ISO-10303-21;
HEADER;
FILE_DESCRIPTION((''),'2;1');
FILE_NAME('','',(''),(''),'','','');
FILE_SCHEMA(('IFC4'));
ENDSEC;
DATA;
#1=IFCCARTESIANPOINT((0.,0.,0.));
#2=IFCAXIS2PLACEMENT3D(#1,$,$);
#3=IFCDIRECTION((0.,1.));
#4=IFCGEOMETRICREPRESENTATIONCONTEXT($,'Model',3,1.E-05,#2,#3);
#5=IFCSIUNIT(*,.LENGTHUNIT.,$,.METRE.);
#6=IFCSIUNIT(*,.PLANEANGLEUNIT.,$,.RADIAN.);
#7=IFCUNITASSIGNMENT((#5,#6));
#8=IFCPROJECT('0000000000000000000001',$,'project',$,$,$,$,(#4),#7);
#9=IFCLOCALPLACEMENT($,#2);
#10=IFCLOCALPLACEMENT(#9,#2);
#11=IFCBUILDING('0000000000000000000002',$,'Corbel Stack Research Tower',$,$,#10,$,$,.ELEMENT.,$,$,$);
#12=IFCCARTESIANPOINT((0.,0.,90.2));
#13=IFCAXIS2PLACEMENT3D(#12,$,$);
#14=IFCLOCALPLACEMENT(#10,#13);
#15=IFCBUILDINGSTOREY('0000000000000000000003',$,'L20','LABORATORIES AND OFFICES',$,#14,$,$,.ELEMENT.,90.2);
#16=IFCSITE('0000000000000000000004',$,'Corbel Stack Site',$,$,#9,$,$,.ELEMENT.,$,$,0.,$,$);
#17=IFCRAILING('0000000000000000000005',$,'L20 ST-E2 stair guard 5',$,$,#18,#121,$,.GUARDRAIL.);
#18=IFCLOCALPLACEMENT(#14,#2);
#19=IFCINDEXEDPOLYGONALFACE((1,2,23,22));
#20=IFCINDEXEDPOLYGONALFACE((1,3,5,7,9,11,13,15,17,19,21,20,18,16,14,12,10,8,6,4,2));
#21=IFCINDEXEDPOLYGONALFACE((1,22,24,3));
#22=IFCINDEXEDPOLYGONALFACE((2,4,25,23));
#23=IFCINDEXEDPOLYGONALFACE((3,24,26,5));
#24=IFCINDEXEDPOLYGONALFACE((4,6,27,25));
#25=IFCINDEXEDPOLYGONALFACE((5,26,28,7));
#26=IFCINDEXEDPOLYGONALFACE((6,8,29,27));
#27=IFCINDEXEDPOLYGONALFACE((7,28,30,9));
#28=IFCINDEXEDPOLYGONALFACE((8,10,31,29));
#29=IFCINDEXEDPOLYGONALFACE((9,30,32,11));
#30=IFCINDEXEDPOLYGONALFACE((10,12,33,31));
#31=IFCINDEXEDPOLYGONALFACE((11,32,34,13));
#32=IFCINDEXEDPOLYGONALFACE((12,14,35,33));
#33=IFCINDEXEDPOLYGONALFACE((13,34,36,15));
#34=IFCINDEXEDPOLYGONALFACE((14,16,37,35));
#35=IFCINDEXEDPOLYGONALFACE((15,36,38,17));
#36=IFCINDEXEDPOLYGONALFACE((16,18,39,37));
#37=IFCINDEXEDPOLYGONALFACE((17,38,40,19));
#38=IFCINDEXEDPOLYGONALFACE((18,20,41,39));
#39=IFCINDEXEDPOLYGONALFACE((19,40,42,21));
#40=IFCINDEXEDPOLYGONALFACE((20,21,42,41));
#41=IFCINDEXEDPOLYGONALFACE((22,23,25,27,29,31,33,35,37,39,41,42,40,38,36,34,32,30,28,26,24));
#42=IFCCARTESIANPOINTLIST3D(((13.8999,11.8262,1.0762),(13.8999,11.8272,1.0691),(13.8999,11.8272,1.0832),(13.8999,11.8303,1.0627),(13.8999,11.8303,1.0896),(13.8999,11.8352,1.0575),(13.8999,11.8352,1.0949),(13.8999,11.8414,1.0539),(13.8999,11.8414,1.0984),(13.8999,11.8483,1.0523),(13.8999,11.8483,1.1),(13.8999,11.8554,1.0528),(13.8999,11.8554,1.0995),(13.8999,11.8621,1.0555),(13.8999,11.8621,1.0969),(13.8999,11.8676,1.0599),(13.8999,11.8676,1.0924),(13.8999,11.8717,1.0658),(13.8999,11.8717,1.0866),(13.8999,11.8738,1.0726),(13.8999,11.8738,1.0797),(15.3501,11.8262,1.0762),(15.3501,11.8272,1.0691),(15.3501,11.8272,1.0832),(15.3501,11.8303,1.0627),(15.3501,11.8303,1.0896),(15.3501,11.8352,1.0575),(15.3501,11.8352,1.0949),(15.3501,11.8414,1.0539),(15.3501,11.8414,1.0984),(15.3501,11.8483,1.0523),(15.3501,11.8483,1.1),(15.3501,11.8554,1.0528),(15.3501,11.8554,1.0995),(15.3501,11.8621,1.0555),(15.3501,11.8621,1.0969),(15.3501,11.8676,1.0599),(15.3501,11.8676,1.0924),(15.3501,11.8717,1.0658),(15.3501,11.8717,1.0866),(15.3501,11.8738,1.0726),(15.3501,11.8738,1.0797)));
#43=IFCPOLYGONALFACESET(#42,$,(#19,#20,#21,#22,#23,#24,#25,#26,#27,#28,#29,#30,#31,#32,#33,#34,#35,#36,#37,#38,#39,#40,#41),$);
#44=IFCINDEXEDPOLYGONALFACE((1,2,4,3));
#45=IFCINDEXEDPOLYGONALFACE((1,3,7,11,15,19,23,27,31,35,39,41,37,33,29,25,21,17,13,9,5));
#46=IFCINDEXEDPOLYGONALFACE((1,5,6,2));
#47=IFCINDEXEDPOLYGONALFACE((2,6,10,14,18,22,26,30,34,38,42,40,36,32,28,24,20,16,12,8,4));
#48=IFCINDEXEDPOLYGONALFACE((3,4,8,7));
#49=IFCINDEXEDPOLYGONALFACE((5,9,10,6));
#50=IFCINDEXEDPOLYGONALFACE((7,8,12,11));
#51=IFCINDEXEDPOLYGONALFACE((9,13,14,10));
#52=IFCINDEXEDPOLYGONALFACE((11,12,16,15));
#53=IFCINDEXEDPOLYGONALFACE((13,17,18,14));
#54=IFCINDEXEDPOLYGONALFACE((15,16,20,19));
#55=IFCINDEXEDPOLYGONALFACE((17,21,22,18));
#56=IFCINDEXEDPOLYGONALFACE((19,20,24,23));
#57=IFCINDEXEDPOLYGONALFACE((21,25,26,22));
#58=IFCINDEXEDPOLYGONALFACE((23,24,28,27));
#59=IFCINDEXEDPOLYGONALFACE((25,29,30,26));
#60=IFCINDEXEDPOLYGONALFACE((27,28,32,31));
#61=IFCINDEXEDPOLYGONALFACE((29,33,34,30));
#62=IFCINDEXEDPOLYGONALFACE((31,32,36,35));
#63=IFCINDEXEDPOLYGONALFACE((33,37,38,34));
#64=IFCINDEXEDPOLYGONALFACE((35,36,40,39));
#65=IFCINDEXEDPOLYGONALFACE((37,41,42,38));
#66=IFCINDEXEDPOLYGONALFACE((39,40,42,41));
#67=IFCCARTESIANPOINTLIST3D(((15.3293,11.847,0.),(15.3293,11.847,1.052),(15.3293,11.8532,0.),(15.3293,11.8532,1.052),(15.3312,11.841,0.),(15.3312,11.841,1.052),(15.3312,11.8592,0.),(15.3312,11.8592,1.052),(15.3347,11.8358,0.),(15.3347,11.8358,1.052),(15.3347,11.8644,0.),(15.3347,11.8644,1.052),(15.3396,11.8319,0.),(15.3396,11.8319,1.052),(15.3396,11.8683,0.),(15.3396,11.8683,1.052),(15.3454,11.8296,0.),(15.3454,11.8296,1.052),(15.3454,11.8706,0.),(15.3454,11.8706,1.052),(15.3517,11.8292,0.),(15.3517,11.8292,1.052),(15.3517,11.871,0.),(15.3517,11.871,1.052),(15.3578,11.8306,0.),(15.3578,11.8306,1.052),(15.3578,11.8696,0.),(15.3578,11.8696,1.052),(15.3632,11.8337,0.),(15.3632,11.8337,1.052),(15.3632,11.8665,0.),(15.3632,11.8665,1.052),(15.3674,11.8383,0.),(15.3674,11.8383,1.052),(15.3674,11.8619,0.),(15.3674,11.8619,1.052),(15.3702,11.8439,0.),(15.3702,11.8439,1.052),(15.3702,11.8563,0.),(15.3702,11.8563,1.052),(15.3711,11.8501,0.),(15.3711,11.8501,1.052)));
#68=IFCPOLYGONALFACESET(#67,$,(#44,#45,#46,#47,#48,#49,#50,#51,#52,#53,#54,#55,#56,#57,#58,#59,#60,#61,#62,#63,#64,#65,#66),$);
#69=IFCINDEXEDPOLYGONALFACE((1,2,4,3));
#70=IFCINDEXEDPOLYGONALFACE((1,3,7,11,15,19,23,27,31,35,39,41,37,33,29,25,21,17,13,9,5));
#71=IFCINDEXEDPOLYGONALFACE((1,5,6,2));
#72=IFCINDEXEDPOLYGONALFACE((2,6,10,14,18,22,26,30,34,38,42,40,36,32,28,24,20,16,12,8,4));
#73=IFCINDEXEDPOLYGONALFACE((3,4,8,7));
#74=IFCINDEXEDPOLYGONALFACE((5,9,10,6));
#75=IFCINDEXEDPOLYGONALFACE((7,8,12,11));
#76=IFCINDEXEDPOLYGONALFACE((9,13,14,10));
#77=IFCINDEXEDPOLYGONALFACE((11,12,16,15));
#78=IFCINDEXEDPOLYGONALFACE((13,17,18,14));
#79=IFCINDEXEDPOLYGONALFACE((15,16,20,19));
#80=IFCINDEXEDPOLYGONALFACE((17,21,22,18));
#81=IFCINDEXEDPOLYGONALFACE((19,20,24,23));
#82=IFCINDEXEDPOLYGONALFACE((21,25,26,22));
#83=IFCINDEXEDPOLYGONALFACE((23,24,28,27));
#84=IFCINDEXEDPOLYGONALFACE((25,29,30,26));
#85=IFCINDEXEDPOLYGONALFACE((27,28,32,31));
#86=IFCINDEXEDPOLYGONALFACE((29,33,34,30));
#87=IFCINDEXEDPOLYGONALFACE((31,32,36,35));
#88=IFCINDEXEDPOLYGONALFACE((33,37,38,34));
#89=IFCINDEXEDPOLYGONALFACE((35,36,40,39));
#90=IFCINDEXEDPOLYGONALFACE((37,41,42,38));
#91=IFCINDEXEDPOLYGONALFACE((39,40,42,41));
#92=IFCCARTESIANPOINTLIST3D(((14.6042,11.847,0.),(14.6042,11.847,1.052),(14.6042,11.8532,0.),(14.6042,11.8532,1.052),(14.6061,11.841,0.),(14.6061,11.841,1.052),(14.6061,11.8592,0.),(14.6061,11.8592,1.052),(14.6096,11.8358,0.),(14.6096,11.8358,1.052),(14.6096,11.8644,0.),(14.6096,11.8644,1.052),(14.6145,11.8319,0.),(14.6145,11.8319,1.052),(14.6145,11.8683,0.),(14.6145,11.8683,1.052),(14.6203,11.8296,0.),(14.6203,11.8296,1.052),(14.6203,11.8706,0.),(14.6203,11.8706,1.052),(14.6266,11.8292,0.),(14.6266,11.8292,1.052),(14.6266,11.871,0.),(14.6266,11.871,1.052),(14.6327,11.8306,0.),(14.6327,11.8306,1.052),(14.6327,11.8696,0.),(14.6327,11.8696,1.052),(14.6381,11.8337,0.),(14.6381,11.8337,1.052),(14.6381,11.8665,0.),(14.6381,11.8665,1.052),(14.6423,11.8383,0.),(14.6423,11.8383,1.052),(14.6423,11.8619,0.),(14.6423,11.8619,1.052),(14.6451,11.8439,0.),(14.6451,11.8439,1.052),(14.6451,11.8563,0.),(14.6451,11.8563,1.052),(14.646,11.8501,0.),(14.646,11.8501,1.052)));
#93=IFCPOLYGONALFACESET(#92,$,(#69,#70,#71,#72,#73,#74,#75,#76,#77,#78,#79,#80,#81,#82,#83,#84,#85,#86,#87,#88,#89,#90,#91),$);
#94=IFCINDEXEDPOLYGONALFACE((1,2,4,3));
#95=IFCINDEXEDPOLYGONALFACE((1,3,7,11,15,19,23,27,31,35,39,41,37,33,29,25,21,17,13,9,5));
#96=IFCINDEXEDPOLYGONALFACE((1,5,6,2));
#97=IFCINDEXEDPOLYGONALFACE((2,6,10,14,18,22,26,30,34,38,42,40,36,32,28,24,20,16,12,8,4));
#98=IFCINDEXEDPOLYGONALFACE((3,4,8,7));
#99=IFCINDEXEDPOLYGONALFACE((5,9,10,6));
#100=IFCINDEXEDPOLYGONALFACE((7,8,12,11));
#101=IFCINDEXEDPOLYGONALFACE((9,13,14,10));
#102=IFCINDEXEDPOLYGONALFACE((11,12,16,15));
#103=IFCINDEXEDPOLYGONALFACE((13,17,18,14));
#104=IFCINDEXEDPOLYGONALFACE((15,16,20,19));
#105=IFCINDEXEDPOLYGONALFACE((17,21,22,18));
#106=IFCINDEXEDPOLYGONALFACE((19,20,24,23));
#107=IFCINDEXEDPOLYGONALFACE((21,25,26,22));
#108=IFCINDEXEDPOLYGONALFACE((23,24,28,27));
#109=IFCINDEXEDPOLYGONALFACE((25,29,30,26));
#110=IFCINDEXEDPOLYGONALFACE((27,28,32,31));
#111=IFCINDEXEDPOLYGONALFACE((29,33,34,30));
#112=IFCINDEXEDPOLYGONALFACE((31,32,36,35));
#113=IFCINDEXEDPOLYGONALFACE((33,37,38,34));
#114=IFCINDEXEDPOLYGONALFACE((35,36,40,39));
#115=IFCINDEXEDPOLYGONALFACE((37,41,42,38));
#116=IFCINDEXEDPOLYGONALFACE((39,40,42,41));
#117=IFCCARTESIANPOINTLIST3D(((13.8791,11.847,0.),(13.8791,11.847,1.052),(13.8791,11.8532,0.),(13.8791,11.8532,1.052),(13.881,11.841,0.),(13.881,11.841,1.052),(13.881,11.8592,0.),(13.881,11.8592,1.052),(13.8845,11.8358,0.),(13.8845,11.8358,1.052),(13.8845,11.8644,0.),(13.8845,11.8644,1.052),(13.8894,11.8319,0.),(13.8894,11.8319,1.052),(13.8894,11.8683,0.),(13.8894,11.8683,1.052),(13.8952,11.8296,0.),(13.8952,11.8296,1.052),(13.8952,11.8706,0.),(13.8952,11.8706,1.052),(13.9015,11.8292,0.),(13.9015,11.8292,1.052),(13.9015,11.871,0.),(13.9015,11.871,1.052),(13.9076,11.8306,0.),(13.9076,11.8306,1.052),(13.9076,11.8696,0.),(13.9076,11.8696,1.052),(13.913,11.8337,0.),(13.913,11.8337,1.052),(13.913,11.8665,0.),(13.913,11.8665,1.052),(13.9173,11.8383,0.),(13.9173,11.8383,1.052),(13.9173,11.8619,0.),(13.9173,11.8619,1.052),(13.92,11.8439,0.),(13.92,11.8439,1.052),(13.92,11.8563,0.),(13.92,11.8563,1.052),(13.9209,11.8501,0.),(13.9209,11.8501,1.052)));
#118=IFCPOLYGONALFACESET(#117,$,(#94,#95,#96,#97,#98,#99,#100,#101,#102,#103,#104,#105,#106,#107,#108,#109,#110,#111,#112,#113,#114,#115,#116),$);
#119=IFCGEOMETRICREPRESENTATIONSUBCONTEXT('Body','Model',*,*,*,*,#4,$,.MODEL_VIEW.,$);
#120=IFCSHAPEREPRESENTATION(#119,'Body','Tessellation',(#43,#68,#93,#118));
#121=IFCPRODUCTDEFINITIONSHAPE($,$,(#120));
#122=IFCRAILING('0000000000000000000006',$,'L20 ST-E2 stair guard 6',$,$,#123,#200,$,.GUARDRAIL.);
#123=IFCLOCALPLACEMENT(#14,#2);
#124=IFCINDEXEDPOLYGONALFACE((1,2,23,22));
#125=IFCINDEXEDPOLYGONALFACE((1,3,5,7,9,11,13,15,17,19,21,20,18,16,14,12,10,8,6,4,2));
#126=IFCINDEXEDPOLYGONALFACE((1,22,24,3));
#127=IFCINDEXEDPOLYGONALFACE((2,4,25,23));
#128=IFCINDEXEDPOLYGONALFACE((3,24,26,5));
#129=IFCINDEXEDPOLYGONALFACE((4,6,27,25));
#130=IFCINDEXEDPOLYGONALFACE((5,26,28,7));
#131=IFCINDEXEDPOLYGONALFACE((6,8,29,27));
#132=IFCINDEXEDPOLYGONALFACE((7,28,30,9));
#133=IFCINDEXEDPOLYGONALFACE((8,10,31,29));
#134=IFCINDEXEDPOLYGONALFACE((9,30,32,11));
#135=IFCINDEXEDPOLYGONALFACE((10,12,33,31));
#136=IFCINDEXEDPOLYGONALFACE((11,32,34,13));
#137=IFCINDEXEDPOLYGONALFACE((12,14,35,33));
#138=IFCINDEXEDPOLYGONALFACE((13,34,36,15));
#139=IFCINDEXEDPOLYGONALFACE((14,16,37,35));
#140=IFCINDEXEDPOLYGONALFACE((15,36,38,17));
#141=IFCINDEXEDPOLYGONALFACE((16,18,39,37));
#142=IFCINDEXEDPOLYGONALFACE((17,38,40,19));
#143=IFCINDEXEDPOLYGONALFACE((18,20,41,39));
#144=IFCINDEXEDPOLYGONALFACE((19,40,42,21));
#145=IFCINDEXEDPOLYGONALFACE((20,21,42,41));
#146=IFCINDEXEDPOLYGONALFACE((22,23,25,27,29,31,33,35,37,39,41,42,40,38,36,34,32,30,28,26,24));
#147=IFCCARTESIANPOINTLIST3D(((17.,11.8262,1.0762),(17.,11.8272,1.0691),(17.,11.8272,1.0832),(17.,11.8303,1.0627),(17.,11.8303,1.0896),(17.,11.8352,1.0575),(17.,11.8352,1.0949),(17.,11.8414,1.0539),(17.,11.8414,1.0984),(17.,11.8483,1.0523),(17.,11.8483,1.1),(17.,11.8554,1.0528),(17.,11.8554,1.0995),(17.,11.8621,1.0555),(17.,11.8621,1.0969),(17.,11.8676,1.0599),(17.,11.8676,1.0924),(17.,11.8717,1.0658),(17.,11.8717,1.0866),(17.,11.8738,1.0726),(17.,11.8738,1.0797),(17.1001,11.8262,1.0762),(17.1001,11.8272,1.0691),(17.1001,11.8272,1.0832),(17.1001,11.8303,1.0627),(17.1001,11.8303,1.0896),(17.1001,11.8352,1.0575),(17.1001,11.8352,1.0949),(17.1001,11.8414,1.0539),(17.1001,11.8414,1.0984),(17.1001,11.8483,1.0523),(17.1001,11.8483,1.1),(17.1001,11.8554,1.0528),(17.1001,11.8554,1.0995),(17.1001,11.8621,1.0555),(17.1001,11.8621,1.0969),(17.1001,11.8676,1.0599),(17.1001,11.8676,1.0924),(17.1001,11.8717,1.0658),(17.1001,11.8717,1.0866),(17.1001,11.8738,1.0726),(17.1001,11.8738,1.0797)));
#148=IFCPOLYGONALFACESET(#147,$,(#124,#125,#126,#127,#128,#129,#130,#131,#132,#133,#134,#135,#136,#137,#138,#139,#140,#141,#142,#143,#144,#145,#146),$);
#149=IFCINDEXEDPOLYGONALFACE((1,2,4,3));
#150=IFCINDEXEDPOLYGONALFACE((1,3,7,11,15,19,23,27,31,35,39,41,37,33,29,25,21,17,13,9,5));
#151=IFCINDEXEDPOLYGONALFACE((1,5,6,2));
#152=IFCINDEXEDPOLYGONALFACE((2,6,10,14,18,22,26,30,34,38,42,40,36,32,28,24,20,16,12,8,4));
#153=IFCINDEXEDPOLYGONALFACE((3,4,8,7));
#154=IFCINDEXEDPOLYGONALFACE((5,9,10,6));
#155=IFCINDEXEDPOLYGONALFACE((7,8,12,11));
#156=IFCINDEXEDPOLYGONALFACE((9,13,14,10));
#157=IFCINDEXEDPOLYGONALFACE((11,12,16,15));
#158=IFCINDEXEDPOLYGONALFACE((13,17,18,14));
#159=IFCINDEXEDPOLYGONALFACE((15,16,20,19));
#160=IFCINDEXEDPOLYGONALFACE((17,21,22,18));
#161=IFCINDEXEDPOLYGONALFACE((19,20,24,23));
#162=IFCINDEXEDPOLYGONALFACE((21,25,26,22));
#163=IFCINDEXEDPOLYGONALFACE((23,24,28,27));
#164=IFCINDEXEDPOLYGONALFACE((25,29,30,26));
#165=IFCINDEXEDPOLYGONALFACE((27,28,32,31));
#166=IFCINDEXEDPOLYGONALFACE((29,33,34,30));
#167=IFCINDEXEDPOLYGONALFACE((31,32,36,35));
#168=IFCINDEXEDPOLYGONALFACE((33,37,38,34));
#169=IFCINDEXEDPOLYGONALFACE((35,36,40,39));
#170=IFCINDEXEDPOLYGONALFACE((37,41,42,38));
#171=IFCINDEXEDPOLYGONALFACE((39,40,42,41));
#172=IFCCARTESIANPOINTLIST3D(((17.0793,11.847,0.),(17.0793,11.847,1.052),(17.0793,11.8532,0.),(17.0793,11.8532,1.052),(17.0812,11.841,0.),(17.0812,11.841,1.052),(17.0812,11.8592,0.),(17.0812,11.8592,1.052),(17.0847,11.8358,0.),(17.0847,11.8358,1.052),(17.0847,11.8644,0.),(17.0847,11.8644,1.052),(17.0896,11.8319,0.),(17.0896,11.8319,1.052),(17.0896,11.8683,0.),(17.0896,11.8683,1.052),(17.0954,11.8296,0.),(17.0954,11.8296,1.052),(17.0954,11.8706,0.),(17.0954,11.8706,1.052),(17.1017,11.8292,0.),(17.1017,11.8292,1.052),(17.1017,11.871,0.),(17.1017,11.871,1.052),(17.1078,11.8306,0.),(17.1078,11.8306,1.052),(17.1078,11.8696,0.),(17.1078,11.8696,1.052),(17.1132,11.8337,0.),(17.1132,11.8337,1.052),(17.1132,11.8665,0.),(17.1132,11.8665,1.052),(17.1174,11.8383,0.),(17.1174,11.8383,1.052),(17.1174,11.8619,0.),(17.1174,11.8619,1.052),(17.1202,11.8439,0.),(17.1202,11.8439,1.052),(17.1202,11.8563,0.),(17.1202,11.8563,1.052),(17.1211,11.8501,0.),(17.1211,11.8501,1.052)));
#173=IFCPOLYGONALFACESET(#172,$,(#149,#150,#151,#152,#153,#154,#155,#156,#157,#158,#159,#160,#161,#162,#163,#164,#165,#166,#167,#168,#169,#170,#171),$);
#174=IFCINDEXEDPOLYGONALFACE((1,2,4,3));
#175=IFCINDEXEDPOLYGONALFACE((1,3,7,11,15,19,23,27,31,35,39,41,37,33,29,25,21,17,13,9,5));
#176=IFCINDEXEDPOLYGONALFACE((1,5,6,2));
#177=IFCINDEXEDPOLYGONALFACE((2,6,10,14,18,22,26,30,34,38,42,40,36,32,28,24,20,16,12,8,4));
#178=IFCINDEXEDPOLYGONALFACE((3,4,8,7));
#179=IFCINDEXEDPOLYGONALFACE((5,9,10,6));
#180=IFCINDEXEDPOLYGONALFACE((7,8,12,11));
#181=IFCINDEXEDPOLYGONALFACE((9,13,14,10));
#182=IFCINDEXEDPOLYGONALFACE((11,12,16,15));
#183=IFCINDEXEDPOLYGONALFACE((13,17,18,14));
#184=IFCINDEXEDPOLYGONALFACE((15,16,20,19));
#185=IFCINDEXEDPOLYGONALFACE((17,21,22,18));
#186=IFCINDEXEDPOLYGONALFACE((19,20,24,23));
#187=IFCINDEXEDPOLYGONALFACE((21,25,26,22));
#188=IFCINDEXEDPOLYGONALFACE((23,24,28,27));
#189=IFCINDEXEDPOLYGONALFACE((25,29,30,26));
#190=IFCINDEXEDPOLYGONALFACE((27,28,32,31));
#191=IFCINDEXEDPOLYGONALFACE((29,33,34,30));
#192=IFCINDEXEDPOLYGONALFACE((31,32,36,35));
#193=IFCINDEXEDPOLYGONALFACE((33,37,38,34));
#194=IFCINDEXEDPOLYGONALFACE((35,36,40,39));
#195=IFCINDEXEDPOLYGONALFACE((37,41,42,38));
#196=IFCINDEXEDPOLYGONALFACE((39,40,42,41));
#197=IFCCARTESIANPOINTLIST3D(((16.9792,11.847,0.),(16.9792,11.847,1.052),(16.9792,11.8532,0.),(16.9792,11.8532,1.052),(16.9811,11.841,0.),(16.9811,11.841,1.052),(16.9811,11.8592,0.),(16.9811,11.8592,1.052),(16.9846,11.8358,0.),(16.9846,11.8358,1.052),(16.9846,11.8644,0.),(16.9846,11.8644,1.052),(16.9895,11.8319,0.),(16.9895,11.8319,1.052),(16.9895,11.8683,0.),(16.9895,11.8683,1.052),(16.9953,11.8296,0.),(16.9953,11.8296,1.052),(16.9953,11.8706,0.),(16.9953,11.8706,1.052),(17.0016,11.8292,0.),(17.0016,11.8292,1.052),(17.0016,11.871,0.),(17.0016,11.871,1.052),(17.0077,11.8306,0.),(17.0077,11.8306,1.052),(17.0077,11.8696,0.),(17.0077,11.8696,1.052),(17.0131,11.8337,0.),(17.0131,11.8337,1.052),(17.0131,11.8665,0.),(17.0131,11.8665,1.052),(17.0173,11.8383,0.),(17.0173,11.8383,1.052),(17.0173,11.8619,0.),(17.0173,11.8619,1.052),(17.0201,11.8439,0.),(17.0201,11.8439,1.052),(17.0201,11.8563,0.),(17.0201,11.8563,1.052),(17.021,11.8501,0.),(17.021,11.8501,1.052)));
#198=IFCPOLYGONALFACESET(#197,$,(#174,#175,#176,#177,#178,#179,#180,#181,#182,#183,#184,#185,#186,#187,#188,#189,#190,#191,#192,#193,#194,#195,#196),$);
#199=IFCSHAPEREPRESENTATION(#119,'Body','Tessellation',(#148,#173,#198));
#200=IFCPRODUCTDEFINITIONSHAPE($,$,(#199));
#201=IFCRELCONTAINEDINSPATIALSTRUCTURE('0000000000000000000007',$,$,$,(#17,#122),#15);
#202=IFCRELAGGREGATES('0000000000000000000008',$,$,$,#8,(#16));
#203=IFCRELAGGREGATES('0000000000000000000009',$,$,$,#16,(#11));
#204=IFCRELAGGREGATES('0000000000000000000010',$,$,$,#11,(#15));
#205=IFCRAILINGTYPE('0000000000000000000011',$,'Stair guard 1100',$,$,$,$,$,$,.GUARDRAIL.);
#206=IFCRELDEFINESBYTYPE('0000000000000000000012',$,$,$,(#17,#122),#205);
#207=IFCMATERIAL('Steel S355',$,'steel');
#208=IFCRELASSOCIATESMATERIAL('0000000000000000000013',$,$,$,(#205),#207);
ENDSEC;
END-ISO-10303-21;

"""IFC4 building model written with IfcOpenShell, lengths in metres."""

from ifc_helpers import new_model, si_unit, direction, frame, origin, origin_2d, place, context, subcontext, project, spatial, circle, extrude, material, type_object, element, save


model = new_model("IFC4")

# Units and contexts
model_context = context("Model", 3, precision=1e-05, world=origin(), true_north=direction((0.0, 1.0)))
body_context = subcontext(model_context, "Body", "Model", "MODEL_VIEW")
ifc_project = project(units=[si_unit("LENGTHUNIT", "METRE"), si_unit("PLANEANGLEUNIT", "RADIAN")], contexts=[model_context])

# Site, building, storey
site_placement = place(None, origin())
site = spatial("IfcSite", under=ifc_project, at=site_placement, Name="Corbel Stack Site", CompositionType="ELEMENT", RefElevation=0.0)
building_placement = place(site_placement, origin())
building = spatial("IfcBuilding", under=site, at=building_placement, Name="Corbel Stack Research Tower", CompositionType="ELEMENT")
storey_placement = place(building_placement, frame((0.0, 0.0, 90.2)))
storey = spatial("IfcBuildingStorey", under=building, at=storey_placement, Name="L20", Description="LABORATORIES AND OFFICES", CompositionType="ELEMENT", Elevation=90.2)

# Railings
ifc_material_1 = material(Name="Steel S355", Category="steel")
railing_type_1 = type_object("IfcRailingType", Name="Stair guard 1100", PredefinedType="GUARDRAIL", material=ifc_material_1)
railing_1_placement = place(storey_placement, frame((15.3501, 11.8501, 0.0)))
element("IfcRailing", 1, at=railing_1_placement, inside=storey, type_object=railing_type_1, Name="L20 ST-E2 stair guard 5", PredefinedType="GUARDRAIL", context=body_context, shape_type="SweptSolid", body=[
    extrude(circle(Radius=0.0239, at=origin_2d()), frame((0.0, 0.0, 1.0762), z_axis=(-1.0, 0.0, 0.0), x_axis=(0.0, -1.0, 0.0)), (0.0, 0.0, 1.0), 1.4502),
    extrude(circle(Radius=0.021, at=origin_2d()), origin(), (0.0, 0.0, 1.0), 1.052),
    extrude(circle(Radius=0.021, at=origin_2d()), frame((-0.7251, 0.0, 0.0)), (0.0, 0.0, 1.0), 1.052),
    extrude(circle(Radius=0.021, at=origin_2d()), frame((-1.4502, 0.0, 0.0)), (0.0, 0.0, 1.0), 1.052),
])
railing_2_placement = place(storey_placement, frame((17.1001, 11.8501, 0.0)))
element("IfcRailing", 2, at=railing_2_placement, inside=storey, type_object=railing_type_1, Name="L20 ST-E2 stair guard 6", PredefinedType="GUARDRAIL", context=body_context, shape_type="SweptSolid", body=[
    extrude(circle(Radius=0.0239, at=origin_2d()), frame((0.0, 0.0, 1.0762), z_axis=(-1.0, 0.0, 0.0), x_axis=(0.0, -1.0, 0.0)), (0.0, 0.0, 1.0), 0.1001),
    extrude(circle(Radius=0.021, at=origin_2d()), origin(), (0.0, 0.0, 1.0), 1.052),
    extrude(circle(Radius=0.021, at=origin_2d()), frame((-0.1001, 0.0, 0.0)), (0.0, 0.0, 1.0), 1.052),
])

save(model, "model.ifc")
